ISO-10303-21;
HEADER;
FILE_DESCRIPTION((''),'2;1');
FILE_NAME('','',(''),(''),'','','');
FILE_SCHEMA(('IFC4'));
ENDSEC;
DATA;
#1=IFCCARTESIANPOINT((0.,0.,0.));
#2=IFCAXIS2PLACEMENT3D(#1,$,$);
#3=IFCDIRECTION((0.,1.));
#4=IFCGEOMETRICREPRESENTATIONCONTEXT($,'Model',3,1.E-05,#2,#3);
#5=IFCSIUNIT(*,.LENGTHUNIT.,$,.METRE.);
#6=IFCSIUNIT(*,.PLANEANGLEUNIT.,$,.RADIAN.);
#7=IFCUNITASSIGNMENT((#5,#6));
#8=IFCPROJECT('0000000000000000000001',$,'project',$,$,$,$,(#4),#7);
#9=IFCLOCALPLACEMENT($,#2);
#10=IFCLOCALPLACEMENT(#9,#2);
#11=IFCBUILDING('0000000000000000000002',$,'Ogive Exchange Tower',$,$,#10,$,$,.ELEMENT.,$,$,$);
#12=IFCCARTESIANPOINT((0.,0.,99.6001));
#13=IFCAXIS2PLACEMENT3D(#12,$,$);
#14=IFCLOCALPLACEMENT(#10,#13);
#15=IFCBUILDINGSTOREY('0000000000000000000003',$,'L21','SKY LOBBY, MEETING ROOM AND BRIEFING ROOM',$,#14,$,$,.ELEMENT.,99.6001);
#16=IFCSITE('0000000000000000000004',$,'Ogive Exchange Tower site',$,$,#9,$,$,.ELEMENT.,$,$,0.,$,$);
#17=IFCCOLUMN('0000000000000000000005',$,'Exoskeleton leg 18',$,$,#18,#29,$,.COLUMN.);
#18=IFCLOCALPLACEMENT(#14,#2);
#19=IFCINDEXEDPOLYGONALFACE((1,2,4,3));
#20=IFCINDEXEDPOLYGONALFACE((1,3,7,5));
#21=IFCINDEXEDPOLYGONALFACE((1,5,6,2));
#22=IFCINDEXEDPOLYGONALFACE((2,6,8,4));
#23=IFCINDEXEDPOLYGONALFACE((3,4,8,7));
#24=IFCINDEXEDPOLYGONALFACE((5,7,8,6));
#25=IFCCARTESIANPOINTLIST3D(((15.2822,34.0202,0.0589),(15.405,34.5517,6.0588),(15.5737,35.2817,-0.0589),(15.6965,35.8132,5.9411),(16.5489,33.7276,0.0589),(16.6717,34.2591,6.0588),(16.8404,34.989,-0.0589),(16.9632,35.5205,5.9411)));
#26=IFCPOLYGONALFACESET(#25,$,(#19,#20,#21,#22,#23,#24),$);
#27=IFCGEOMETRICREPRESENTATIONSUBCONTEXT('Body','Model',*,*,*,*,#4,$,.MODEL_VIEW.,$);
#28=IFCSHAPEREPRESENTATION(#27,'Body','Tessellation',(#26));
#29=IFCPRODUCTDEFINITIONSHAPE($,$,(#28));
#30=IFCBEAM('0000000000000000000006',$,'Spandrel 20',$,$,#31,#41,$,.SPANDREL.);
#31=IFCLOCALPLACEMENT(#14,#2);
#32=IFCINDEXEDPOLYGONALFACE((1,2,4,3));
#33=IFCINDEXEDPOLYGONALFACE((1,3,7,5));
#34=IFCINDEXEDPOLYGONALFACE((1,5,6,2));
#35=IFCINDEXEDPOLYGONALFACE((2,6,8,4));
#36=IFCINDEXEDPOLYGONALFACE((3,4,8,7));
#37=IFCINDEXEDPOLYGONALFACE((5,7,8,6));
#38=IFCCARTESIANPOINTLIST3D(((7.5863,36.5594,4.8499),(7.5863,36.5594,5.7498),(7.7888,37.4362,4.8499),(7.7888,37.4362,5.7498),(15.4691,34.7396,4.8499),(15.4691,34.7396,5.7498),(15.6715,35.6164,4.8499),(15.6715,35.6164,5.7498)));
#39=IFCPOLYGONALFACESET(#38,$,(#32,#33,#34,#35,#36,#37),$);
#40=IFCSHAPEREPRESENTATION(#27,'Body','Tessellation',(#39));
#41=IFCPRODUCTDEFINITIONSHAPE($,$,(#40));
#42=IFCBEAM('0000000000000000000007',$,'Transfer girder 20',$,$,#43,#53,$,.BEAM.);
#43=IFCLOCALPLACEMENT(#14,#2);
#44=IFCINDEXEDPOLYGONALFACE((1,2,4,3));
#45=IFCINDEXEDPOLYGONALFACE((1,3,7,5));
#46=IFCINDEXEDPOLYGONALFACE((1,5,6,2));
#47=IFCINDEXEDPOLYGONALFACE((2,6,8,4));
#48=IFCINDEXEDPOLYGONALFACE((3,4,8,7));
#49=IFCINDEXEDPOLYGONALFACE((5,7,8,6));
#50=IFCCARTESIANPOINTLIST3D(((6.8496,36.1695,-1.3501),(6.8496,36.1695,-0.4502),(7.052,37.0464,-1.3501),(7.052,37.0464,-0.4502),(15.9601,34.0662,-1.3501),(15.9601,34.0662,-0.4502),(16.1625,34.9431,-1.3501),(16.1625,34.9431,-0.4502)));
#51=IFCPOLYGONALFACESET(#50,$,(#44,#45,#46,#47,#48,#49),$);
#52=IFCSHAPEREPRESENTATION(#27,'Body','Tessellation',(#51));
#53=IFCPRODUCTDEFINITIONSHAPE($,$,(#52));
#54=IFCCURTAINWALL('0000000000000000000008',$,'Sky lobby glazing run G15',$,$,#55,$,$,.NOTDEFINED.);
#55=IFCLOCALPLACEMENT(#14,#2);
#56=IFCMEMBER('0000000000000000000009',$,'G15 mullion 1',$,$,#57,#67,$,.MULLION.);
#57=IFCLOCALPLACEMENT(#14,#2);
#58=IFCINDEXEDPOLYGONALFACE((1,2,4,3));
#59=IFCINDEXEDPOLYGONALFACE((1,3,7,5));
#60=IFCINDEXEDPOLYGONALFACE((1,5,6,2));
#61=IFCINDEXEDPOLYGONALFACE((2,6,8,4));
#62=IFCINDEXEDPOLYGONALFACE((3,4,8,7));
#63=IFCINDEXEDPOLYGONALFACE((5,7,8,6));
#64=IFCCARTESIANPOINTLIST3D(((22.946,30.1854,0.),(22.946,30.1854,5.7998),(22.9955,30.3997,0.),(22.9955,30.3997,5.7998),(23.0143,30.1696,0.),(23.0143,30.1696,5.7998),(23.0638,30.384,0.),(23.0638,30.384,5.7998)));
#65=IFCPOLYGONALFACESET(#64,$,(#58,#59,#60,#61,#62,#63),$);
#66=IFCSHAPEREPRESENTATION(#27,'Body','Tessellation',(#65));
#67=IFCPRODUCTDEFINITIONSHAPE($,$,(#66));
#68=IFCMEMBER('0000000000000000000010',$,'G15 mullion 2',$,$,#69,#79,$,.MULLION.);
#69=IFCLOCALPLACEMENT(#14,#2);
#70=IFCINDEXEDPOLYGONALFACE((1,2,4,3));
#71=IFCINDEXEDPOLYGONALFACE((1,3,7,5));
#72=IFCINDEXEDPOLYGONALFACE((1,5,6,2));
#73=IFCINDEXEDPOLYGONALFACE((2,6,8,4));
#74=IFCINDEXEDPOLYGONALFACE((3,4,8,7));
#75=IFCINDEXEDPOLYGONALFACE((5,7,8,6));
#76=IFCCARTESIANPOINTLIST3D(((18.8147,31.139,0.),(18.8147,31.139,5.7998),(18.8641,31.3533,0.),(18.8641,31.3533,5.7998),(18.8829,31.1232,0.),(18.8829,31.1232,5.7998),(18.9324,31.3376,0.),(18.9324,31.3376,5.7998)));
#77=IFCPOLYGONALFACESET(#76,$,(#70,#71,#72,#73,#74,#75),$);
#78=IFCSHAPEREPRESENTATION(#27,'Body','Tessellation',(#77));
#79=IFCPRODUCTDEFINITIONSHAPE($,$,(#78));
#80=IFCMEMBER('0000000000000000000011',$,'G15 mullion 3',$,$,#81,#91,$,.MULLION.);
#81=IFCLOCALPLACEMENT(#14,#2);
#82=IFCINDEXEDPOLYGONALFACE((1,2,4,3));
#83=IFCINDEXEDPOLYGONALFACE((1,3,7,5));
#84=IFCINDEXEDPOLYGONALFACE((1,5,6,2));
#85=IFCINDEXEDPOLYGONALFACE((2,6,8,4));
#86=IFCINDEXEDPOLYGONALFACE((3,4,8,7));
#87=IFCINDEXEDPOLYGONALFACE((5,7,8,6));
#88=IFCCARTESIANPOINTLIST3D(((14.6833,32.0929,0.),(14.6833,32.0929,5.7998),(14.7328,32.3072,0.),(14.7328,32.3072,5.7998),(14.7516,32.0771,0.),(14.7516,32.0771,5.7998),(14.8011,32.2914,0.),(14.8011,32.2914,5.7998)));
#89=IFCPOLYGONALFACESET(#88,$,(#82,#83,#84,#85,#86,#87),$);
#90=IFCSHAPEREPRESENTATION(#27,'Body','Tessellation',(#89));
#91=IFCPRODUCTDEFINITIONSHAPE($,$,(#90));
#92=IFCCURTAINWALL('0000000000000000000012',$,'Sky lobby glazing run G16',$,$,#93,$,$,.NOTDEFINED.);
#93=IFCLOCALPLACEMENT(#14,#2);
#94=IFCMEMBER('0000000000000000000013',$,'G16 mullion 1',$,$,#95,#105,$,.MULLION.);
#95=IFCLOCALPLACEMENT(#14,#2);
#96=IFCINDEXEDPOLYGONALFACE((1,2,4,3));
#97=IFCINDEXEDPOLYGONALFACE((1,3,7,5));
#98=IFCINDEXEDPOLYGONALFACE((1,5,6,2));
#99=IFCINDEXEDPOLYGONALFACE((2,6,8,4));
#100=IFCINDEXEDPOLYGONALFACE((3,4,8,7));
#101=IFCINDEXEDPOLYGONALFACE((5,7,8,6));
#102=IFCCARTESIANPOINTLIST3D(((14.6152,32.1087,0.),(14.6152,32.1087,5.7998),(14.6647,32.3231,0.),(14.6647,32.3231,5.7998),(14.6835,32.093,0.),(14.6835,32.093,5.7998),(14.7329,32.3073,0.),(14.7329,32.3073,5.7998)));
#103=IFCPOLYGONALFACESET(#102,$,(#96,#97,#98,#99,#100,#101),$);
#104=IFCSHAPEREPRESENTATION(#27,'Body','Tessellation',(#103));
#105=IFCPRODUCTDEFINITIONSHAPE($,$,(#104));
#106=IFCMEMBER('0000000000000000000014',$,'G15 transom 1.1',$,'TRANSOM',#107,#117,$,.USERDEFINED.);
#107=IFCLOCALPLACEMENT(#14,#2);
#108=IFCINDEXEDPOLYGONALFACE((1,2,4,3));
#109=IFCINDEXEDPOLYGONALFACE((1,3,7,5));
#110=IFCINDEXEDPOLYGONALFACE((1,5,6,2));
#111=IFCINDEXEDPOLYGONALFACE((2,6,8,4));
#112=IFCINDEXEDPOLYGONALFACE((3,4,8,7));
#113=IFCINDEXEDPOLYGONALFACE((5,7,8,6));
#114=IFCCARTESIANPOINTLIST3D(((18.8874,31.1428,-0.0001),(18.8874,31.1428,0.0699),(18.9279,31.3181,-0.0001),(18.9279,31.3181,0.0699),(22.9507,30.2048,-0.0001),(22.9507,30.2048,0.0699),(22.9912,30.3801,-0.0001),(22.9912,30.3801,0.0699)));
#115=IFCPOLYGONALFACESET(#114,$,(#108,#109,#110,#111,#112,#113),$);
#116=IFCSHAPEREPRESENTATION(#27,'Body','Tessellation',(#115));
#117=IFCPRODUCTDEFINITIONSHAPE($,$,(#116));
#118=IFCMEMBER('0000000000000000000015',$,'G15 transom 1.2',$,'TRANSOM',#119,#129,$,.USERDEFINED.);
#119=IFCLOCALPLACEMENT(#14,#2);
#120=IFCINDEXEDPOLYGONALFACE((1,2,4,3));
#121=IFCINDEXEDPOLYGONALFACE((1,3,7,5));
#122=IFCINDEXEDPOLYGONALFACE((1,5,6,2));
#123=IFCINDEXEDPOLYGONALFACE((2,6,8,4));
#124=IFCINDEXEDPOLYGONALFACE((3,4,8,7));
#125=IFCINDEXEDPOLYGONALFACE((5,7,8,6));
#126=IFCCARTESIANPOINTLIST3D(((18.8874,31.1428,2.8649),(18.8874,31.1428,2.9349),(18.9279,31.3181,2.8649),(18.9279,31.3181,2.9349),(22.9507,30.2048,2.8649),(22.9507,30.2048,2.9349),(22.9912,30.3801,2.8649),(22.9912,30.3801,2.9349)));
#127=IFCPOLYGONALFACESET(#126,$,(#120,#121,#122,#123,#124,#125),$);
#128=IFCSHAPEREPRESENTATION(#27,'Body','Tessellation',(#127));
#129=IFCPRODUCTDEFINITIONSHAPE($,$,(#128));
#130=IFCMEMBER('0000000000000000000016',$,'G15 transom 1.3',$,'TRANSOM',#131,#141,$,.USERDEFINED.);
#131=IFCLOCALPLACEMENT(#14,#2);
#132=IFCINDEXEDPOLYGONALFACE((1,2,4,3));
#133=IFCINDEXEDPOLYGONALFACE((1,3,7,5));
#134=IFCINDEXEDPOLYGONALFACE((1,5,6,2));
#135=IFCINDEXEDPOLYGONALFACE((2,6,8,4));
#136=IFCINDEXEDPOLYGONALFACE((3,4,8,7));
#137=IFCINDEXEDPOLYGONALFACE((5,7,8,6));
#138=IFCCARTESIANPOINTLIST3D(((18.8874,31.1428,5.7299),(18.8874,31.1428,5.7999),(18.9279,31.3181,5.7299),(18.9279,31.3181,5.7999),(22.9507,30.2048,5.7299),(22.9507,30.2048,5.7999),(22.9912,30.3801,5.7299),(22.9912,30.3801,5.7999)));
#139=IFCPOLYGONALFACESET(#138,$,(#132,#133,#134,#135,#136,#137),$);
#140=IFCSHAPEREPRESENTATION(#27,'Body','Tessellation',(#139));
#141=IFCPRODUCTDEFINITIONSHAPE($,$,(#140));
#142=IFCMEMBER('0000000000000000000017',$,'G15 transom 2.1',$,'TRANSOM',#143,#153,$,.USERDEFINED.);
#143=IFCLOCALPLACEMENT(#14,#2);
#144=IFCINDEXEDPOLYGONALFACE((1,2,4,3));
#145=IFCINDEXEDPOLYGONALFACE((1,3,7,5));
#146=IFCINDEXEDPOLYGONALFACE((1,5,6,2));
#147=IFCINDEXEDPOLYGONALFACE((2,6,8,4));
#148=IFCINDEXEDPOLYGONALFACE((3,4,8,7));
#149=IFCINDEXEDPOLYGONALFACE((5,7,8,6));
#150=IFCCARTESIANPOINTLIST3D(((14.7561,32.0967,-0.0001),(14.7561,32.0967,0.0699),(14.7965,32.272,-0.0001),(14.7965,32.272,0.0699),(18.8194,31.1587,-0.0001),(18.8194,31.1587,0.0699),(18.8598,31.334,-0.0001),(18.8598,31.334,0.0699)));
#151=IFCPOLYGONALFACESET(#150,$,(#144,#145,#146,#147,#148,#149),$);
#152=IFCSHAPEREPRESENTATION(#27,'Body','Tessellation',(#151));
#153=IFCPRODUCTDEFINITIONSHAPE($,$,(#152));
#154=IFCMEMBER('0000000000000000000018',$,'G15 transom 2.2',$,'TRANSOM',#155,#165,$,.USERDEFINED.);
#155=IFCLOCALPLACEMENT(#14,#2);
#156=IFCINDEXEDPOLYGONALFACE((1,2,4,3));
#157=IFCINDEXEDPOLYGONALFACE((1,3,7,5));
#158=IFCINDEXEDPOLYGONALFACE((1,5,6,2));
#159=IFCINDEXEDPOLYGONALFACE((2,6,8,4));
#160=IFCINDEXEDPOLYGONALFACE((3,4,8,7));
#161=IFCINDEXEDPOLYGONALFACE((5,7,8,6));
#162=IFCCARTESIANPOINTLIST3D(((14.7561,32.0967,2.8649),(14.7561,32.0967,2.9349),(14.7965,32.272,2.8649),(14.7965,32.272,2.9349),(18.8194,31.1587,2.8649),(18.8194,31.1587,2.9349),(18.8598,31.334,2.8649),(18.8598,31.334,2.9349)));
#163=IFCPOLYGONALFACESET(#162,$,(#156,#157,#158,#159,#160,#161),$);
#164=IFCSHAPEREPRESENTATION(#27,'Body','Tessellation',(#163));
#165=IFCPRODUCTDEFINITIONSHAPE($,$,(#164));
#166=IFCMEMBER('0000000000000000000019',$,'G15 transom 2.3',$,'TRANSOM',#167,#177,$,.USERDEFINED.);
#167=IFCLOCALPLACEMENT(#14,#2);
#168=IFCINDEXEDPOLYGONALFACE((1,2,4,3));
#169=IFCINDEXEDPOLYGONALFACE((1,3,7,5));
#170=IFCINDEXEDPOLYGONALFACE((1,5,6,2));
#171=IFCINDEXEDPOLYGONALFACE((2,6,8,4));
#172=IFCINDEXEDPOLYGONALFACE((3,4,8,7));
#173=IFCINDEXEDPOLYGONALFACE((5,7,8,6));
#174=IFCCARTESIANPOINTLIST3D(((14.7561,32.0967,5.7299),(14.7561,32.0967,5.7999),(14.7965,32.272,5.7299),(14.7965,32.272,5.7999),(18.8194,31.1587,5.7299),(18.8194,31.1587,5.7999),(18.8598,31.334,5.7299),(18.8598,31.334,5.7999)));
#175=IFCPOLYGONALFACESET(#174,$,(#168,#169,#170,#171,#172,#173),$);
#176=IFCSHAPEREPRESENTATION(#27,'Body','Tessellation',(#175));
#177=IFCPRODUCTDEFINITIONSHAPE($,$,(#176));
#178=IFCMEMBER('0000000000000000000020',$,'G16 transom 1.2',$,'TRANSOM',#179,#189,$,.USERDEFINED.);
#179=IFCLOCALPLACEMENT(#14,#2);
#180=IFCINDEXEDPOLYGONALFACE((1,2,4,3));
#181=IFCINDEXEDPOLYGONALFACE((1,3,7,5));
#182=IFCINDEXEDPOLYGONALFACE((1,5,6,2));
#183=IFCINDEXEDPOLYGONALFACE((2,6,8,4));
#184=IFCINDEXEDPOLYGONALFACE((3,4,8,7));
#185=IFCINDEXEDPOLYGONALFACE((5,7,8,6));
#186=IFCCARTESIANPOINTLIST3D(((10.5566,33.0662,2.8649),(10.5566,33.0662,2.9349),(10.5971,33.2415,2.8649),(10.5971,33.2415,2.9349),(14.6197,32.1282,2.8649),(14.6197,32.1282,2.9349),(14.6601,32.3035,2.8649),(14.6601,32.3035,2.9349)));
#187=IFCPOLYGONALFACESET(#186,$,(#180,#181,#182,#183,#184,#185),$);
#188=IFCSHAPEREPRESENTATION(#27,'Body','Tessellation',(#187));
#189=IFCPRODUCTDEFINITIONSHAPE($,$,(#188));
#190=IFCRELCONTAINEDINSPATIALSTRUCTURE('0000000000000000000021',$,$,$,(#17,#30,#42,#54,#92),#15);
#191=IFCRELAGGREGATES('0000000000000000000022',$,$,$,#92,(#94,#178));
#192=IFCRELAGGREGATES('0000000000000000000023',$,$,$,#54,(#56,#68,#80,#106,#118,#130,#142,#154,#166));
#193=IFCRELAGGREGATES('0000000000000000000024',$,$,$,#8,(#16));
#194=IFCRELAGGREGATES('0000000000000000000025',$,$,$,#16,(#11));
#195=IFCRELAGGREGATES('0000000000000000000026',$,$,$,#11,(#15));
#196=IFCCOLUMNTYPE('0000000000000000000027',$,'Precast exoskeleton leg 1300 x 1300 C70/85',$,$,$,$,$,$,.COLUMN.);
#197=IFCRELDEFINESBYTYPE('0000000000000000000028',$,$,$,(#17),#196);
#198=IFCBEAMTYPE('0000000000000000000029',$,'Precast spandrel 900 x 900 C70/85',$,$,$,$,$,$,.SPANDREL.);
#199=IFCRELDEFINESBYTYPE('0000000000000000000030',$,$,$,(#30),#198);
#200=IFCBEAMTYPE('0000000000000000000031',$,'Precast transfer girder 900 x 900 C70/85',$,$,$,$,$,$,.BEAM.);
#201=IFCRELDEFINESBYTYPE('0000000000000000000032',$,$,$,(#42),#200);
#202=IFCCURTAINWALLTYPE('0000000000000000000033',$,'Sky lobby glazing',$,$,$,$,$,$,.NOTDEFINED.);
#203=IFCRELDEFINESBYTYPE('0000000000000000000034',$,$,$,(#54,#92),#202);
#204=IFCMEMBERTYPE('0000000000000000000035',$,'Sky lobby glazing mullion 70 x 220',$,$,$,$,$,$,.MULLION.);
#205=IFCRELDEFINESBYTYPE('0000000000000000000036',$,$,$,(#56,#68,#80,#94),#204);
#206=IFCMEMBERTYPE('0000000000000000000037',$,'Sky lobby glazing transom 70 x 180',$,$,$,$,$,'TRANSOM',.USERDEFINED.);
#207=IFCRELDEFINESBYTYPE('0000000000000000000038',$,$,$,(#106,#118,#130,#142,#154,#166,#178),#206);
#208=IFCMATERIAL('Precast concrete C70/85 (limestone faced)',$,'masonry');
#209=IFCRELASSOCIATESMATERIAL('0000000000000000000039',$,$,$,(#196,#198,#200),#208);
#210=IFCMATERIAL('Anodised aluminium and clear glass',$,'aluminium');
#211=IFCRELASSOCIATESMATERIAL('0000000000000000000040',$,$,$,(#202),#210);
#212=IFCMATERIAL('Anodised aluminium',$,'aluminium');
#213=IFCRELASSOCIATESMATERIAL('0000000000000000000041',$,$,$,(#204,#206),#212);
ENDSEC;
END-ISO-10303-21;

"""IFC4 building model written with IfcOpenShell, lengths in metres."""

from ifc_helpers import new_model, si_unit, direction, frame, origin, origin_2d, place, context, subcontext, project, spatial, rectangle, extrude, material, material_profile, profile_set, type_object, element, aggregate, save


model = new_model("IFC4")

# Units and contexts
model_context = context("Model", 3, precision=1e-05, world=origin(), true_north=direction((0.0, 1.0)))
body_context = subcontext(model_context, "Body", "Model", "MODEL_VIEW")
ifc_project = project(units=[si_unit("LENGTHUNIT", "METRE"), si_unit("PLANEANGLEUNIT", "RADIAN")], contexts=[model_context])

# Site, building, storey
site_placement = place(None, origin())
site = spatial("IfcSite", under=ifc_project, at=site_placement, Name="Ogive Exchange Tower site", CompositionType="ELEMENT", RefElevation=0.0)
building_placement = place(site_placement, origin())
building = spatial("IfcBuilding", under=site, at=building_placement, Name="Ogive Exchange Tower", CompositionType="ELEMENT")
storey_placement = place(building_placement, frame((0.0, 0.0, 99.6001)))
storey = spatial("IfcBuildingStorey", under=building, at=storey_placement, Name="L21", Description="SKY LOBBY, MEETING ROOM AND BRIEFING ROOM", CompositionType="ELEMENT", Elevation=99.6001)

# Column
ifc_material_1 = material(Name="Precast concrete C70/85 (limestone faced)", Category="masonry")
ifc_material_profile_1 = material_profile(ifc_material_1, rectangle(XDim=1.3, YDim=1.3, at=origin_2d()), Name="1300 x 1300")
ifc_profile_set_1 = profile_set([ifc_material_profile_1], Name="Precast concrete C70/85 (limestone faced)")
column_type = type_object("IfcColumnType", Name="Precast exoskeleton leg 1300 x 1300 C70/85", PredefinedType="COLUMN", material=ifc_profile_set_1)
column_placement = place(storey_placement, frame((16.0613, 34.5046, 0.0), z_axis=(0.020383, 0.088219, 0.995893), x_axis=(-0.974331, 0.225121, 0.0)))
element("IfcColumn", 1, at=column_placement, inside=storey, type_object=column_type, Name="Exoskeleton leg 18", PredefinedType="COLUMN", context=body_context, shape_type="SweptSolid", body=[
    extrude(rectangle(XDim=1.3, YDim=1.3, at=origin_2d()), origin(), (0.0, 0.0, 1.0), 6.0247),
])

# Beams
ifc_material_profile_2 = material_profile(ifc_material_1, rectangle(XDim=0.8999, YDim=0.8999, at=origin_2d()), Name="900 x 900")
ifc_profile_set_2 = profile_set([ifc_material_profile_2], Name="Precast concrete C70/85 (limestone faced)")
beam_type_1 = type_object("IfcBeamType", Name="Precast spandrel 900 x 900 C70/85", PredefinedType="SPANDREL", material=ifc_profile_set_2)
beam_1_placement = place(storey_placement, frame((15.5703, 35.178, 5.2998), z_axis=(-0.974372, 0.224943, 0.0), x_axis=(-0.224943, -0.974372, 0.0)))
element("IfcBeam", 2, at=beam_1_placement, inside=storey, type_object=beam_type_1, Name="Spandrel 20", PredefinedType="SPANDREL", context=body_context, shape_type="SweptSolid", body=[
    extrude(rectangle(XDim=0.8999, YDim=0.8999, at=origin_2d()), origin(), (0.0, 0.0, 1.0), 8.0901),
])
ifc_material_profile_3 = material_profile(ifc_material_1, rectangle(XDim=0.8999, YDim=0.8999, at=origin_2d()), Name="900 x 900")
ifc_profile_set_3 = profile_set([ifc_material_profile_3], Name="Precast concrete C70/85 (limestone faced)")
beam_type_2 = type_object("IfcBeamType", Name="Precast transfer girder 900 x 900 C70/85", PredefinedType="BEAM", material=ifc_profile_set_3)
beam_2_placement = place(storey_placement, frame((16.0613, 34.5046, -0.9001), z_axis=(-0.974371, 0.224949, 0.0), x_axis=(-0.224949, -0.974371, 0.0)))
element("IfcBeam", 3, at=beam_2_placement, inside=storey, type_object=beam_type_2, Name="Transfer girder 20", PredefinedType="BEAM", context=body_context, shape_type="SweptSolid", body=[
    extrude(rectangle(XDim=0.8999, YDim=0.8999, at=origin_2d()), origin(), (0.0, 0.0, 1.0), 9.3501),
])

# Curtain wall, members
ifc_material_2 = material(Name="Anodised aluminium and clear glass", Category="aluminium")
curtain_wall_type = type_object("IfcCurtainWallType", Name="Sky lobby glazing", PredefinedType="NOTDEFINED", material=ifc_material_2)
curtain_wall_1_placement = place(storey_placement, origin())
curtain_wall_1 = element("IfcCurtainWall", 4, at=curtain_wall_1_placement, inside=storey, type_object=curtain_wall_type, Name="Sky lobby glazing run G15", PredefinedType="NOTDEFINED")
ifc_material_3 = material(Name="Anodised aluminium", Category="aluminium")
ifc_material_profile_4 = material_profile(ifc_material_3, rectangle(XDim=0.22, YDim=0.0701, at=origin_2d()), Name="AL 70x220")
ifc_profile_set_4 = profile_set([ifc_material_profile_4], Name="Anodised aluminium")
member_type_1 = type_object("IfcMemberType", Name="Sky lobby glazing mullion 70 x 220", PredefinedType="MULLION", material=ifc_profile_set_4)
member_1_placement = place(storey_placement, frame((23.0049, 30.2847, 0.0), z_axis=(0.0, 0.0, 1.0), x_axis=(-0.224958, -0.974369, 0.0)))
member_1 = element("IfcMember", 5, at=member_1_placement, type_object=member_type_1, Name="G15 mullion 1", PredefinedType="MULLION", context=body_context, shape_type="SweptSolid", body=[
    extrude(rectangle(XDim=0.22, YDim=0.0701, at=origin_2d()), origin(), (0.0, 0.0, 1.0), 5.7998),
])
member_2_placement = place(storey_placement, frame((18.8735, 31.2383, 0.0), z_axis=(0.0, 0.0, 1.0), x_axis=(-0.224958, -0.974369, 0.0)))
member_2 = element("IfcMember", 6, at=member_2_placement, type_object=member_type_1, Name="G15 mullion 2", PredefinedType="MULLION", context=body_context, shape_type="SweptSolid", body=[
    extrude(rectangle(XDim=0.22, YDim=0.0701, at=origin_2d()), origin(), (0.0, 0.0, 1.0), 5.7998),
])
member_3_placement = place(storey_placement, frame((14.7422, 32.1921, 0.0), z_axis=(0.0, 0.0, 1.0), x_axis=(-0.224958, -0.974369, 0.0)))
member_3 = element("IfcMember", 7, at=member_3_placement, type_object=member_type_1, Name="G15 mullion 3", PredefinedType="MULLION", context=body_context, shape_type="SweptSolid", body=[
    extrude(rectangle(XDim=0.22, YDim=0.0701, at=origin_2d()), origin(), (0.0, 0.0, 1.0), 5.7998),
])

# Curtain wall, member
curtain_wall_2_placement = place(storey_placement, origin())
curtain_wall_2 = element("IfcCurtainWall", 8, at=curtain_wall_2_placement, inside=storey, type_object=curtain_wall_type, Name="Sky lobby glazing run G16", PredefinedType="NOTDEFINED")
member_4_placement = place(storey_placement, frame((14.6741, 32.208, 0.0), z_axis=(0.0, 0.0, 1.0), x_axis=(-0.224949, -0.97437, 0.0)))
member_4 = element("IfcMember", 9, at=member_4_placement, type_object=member_type_1, Name="G16 mullion 1", PredefinedType="MULLION", context=body_context, shape_type="SweptSolid", body=[
    extrude(rectangle(XDim=0.22, YDim=0.0701, at=origin_2d()), origin(), (0.0, 0.0, 1.0), 5.7998),
])

# Members
ifc_material_profile_5 = material_profile(ifc_material_3, rectangle(XDim=0.1799, YDim=0.0701, at=origin_2d()), Name="AL 70x180")
ifc_profile_set_5 = profile_set([ifc_material_profile_5], Name="Anodised aluminium")
member_type_2 = type_object("IfcMemberType", Name="Sky lobby glazing transom 70 x 180", ElementType="TRANSOM", PredefinedType="USERDEFINED", material=ifc_profile_set_5)
member_5_placement = place(storey_placement, frame((22.9709, 30.2925, 0.0349), z_axis=(-0.974374, 0.224932, 0.0), x_axis=(-0.224932, -0.974374, 0.0)))
member_5 = element("IfcMember", 10, at=member_5_placement, type_object=member_type_2, Name="G15 transom 1.1", ObjectType="TRANSOM", PredefinedType="USERDEFINED", context=body_context, shape_type="SweptSolid", body=[
    extrude(rectangle(XDim=0.1799, YDim=0.0701, at=origin_2d()), origin(), (0.0, 0.0, 1.0), 4.1702),
])
member_6_placement = place(storey_placement, frame((22.9709, 30.2925, 2.8999), z_axis=(-0.974374, 0.224932, 0.0), x_axis=(-0.224932, -0.974374, 0.0)))
member_6 = element("IfcMember", 11, at=member_6_placement, type_object=member_type_2, Name="G15 transom 1.2", ObjectType="TRANSOM", PredefinedType="USERDEFINED", context=body_context, shape_type="SweptSolid", body=[
    extrude(rectangle(XDim=0.1799, YDim=0.0701, at=origin_2d()), origin(), (0.0, 0.0, 1.0), 4.1702),
])
member_7_placement = place(storey_placement, frame((22.9709, 30.2925, 5.7649), z_axis=(-0.974374, 0.224932, 0.0), x_axis=(-0.224932, -0.974374, 0.0)))
member_7 = element("IfcMember", 12, at=member_7_placement, type_object=member_type_2, Name="G15 transom 1.3", ObjectType="TRANSOM", PredefinedType="USERDEFINED", context=body_context, shape_type="SweptSolid", body=[
    extrude(rectangle(XDim=0.1799, YDim=0.0701, at=origin_2d()), origin(), (0.0, 0.0, 1.0), 4.1702),
])
member_8_placement = place(storey_placement, frame((18.8396, 31.2463, 0.0349), z_axis=(-0.974374, 0.224932, 0.0), x_axis=(-0.224932, -0.974374, 0.0)))
member_8 = element("IfcMember", 13, at=member_8_placement, type_object=member_type_2, Name="G15 transom 2.1", ObjectType="TRANSOM", PredefinedType="USERDEFINED", context=body_context, shape_type="SweptSolid", body=[
    extrude(rectangle(XDim=0.1799, YDim=0.0701, at=origin_2d()), origin(), (0.0, 0.0, 1.0), 4.1702),
])
member_9_placement = place(storey_placement, frame((18.8396, 31.2463, 2.8999), z_axis=(-0.974374, 0.224932, 0.0), x_axis=(-0.224932, -0.974374, 0.0)))
member_9 = element("IfcMember", 14, at=member_9_placement, type_object=member_type_2, Name="G15 transom 2.2", ObjectType="TRANSOM", PredefinedType="USERDEFINED", context=body_context, shape_type="SweptSolid", body=[
    extrude(rectangle(XDim=0.1799, YDim=0.0701, at=origin_2d()), origin(), (0.0, 0.0, 1.0), 4.1702),
])
member_10_placement = place(storey_placement, frame((18.8396, 31.2463, 5.7649), z_axis=(-0.974374, 0.224932, 0.0), x_axis=(-0.224932, -0.974374, 0.0)))
member_10 = element("IfcMember", 15, at=member_10_placement, type_object=member_type_2, Name="G15 transom 2.3", ObjectType="TRANSOM", PredefinedType="USERDEFINED", context=body_context, shape_type="SweptSolid", body=[
    extrude(rectangle(XDim=0.1799, YDim=0.0701, at=origin_2d()), origin(), (0.0, 0.0, 1.0), 4.1702),
])
member_11_placement = place(storey_placement, frame((14.6399, 32.2158, 2.8999), z_axis=(-0.974371, 0.224945, 0.0), x_axis=(-0.224945, -0.974371, 0.0)))
member_11 = element("IfcMember", 16, at=member_11_placement, type_object=member_type_2, Name="G16 transom 1.2", ObjectType="TRANSOM", PredefinedType="USERDEFINED", context=body_context, shape_type="SweptSolid", body=[
    extrude(rectangle(XDim=0.1799, YDim=0.0701, at=origin_2d()), origin(), (0.0, 0.0, 1.0), 4.1699),
])
aggregate(curtain_wall_2, [member_4, member_11])

aggregate(curtain_wall_1, [member_1, member_2, member_3, member_5, member_6, member_7, member_8, member_9, member_10])

save(model, "model.ifc")
